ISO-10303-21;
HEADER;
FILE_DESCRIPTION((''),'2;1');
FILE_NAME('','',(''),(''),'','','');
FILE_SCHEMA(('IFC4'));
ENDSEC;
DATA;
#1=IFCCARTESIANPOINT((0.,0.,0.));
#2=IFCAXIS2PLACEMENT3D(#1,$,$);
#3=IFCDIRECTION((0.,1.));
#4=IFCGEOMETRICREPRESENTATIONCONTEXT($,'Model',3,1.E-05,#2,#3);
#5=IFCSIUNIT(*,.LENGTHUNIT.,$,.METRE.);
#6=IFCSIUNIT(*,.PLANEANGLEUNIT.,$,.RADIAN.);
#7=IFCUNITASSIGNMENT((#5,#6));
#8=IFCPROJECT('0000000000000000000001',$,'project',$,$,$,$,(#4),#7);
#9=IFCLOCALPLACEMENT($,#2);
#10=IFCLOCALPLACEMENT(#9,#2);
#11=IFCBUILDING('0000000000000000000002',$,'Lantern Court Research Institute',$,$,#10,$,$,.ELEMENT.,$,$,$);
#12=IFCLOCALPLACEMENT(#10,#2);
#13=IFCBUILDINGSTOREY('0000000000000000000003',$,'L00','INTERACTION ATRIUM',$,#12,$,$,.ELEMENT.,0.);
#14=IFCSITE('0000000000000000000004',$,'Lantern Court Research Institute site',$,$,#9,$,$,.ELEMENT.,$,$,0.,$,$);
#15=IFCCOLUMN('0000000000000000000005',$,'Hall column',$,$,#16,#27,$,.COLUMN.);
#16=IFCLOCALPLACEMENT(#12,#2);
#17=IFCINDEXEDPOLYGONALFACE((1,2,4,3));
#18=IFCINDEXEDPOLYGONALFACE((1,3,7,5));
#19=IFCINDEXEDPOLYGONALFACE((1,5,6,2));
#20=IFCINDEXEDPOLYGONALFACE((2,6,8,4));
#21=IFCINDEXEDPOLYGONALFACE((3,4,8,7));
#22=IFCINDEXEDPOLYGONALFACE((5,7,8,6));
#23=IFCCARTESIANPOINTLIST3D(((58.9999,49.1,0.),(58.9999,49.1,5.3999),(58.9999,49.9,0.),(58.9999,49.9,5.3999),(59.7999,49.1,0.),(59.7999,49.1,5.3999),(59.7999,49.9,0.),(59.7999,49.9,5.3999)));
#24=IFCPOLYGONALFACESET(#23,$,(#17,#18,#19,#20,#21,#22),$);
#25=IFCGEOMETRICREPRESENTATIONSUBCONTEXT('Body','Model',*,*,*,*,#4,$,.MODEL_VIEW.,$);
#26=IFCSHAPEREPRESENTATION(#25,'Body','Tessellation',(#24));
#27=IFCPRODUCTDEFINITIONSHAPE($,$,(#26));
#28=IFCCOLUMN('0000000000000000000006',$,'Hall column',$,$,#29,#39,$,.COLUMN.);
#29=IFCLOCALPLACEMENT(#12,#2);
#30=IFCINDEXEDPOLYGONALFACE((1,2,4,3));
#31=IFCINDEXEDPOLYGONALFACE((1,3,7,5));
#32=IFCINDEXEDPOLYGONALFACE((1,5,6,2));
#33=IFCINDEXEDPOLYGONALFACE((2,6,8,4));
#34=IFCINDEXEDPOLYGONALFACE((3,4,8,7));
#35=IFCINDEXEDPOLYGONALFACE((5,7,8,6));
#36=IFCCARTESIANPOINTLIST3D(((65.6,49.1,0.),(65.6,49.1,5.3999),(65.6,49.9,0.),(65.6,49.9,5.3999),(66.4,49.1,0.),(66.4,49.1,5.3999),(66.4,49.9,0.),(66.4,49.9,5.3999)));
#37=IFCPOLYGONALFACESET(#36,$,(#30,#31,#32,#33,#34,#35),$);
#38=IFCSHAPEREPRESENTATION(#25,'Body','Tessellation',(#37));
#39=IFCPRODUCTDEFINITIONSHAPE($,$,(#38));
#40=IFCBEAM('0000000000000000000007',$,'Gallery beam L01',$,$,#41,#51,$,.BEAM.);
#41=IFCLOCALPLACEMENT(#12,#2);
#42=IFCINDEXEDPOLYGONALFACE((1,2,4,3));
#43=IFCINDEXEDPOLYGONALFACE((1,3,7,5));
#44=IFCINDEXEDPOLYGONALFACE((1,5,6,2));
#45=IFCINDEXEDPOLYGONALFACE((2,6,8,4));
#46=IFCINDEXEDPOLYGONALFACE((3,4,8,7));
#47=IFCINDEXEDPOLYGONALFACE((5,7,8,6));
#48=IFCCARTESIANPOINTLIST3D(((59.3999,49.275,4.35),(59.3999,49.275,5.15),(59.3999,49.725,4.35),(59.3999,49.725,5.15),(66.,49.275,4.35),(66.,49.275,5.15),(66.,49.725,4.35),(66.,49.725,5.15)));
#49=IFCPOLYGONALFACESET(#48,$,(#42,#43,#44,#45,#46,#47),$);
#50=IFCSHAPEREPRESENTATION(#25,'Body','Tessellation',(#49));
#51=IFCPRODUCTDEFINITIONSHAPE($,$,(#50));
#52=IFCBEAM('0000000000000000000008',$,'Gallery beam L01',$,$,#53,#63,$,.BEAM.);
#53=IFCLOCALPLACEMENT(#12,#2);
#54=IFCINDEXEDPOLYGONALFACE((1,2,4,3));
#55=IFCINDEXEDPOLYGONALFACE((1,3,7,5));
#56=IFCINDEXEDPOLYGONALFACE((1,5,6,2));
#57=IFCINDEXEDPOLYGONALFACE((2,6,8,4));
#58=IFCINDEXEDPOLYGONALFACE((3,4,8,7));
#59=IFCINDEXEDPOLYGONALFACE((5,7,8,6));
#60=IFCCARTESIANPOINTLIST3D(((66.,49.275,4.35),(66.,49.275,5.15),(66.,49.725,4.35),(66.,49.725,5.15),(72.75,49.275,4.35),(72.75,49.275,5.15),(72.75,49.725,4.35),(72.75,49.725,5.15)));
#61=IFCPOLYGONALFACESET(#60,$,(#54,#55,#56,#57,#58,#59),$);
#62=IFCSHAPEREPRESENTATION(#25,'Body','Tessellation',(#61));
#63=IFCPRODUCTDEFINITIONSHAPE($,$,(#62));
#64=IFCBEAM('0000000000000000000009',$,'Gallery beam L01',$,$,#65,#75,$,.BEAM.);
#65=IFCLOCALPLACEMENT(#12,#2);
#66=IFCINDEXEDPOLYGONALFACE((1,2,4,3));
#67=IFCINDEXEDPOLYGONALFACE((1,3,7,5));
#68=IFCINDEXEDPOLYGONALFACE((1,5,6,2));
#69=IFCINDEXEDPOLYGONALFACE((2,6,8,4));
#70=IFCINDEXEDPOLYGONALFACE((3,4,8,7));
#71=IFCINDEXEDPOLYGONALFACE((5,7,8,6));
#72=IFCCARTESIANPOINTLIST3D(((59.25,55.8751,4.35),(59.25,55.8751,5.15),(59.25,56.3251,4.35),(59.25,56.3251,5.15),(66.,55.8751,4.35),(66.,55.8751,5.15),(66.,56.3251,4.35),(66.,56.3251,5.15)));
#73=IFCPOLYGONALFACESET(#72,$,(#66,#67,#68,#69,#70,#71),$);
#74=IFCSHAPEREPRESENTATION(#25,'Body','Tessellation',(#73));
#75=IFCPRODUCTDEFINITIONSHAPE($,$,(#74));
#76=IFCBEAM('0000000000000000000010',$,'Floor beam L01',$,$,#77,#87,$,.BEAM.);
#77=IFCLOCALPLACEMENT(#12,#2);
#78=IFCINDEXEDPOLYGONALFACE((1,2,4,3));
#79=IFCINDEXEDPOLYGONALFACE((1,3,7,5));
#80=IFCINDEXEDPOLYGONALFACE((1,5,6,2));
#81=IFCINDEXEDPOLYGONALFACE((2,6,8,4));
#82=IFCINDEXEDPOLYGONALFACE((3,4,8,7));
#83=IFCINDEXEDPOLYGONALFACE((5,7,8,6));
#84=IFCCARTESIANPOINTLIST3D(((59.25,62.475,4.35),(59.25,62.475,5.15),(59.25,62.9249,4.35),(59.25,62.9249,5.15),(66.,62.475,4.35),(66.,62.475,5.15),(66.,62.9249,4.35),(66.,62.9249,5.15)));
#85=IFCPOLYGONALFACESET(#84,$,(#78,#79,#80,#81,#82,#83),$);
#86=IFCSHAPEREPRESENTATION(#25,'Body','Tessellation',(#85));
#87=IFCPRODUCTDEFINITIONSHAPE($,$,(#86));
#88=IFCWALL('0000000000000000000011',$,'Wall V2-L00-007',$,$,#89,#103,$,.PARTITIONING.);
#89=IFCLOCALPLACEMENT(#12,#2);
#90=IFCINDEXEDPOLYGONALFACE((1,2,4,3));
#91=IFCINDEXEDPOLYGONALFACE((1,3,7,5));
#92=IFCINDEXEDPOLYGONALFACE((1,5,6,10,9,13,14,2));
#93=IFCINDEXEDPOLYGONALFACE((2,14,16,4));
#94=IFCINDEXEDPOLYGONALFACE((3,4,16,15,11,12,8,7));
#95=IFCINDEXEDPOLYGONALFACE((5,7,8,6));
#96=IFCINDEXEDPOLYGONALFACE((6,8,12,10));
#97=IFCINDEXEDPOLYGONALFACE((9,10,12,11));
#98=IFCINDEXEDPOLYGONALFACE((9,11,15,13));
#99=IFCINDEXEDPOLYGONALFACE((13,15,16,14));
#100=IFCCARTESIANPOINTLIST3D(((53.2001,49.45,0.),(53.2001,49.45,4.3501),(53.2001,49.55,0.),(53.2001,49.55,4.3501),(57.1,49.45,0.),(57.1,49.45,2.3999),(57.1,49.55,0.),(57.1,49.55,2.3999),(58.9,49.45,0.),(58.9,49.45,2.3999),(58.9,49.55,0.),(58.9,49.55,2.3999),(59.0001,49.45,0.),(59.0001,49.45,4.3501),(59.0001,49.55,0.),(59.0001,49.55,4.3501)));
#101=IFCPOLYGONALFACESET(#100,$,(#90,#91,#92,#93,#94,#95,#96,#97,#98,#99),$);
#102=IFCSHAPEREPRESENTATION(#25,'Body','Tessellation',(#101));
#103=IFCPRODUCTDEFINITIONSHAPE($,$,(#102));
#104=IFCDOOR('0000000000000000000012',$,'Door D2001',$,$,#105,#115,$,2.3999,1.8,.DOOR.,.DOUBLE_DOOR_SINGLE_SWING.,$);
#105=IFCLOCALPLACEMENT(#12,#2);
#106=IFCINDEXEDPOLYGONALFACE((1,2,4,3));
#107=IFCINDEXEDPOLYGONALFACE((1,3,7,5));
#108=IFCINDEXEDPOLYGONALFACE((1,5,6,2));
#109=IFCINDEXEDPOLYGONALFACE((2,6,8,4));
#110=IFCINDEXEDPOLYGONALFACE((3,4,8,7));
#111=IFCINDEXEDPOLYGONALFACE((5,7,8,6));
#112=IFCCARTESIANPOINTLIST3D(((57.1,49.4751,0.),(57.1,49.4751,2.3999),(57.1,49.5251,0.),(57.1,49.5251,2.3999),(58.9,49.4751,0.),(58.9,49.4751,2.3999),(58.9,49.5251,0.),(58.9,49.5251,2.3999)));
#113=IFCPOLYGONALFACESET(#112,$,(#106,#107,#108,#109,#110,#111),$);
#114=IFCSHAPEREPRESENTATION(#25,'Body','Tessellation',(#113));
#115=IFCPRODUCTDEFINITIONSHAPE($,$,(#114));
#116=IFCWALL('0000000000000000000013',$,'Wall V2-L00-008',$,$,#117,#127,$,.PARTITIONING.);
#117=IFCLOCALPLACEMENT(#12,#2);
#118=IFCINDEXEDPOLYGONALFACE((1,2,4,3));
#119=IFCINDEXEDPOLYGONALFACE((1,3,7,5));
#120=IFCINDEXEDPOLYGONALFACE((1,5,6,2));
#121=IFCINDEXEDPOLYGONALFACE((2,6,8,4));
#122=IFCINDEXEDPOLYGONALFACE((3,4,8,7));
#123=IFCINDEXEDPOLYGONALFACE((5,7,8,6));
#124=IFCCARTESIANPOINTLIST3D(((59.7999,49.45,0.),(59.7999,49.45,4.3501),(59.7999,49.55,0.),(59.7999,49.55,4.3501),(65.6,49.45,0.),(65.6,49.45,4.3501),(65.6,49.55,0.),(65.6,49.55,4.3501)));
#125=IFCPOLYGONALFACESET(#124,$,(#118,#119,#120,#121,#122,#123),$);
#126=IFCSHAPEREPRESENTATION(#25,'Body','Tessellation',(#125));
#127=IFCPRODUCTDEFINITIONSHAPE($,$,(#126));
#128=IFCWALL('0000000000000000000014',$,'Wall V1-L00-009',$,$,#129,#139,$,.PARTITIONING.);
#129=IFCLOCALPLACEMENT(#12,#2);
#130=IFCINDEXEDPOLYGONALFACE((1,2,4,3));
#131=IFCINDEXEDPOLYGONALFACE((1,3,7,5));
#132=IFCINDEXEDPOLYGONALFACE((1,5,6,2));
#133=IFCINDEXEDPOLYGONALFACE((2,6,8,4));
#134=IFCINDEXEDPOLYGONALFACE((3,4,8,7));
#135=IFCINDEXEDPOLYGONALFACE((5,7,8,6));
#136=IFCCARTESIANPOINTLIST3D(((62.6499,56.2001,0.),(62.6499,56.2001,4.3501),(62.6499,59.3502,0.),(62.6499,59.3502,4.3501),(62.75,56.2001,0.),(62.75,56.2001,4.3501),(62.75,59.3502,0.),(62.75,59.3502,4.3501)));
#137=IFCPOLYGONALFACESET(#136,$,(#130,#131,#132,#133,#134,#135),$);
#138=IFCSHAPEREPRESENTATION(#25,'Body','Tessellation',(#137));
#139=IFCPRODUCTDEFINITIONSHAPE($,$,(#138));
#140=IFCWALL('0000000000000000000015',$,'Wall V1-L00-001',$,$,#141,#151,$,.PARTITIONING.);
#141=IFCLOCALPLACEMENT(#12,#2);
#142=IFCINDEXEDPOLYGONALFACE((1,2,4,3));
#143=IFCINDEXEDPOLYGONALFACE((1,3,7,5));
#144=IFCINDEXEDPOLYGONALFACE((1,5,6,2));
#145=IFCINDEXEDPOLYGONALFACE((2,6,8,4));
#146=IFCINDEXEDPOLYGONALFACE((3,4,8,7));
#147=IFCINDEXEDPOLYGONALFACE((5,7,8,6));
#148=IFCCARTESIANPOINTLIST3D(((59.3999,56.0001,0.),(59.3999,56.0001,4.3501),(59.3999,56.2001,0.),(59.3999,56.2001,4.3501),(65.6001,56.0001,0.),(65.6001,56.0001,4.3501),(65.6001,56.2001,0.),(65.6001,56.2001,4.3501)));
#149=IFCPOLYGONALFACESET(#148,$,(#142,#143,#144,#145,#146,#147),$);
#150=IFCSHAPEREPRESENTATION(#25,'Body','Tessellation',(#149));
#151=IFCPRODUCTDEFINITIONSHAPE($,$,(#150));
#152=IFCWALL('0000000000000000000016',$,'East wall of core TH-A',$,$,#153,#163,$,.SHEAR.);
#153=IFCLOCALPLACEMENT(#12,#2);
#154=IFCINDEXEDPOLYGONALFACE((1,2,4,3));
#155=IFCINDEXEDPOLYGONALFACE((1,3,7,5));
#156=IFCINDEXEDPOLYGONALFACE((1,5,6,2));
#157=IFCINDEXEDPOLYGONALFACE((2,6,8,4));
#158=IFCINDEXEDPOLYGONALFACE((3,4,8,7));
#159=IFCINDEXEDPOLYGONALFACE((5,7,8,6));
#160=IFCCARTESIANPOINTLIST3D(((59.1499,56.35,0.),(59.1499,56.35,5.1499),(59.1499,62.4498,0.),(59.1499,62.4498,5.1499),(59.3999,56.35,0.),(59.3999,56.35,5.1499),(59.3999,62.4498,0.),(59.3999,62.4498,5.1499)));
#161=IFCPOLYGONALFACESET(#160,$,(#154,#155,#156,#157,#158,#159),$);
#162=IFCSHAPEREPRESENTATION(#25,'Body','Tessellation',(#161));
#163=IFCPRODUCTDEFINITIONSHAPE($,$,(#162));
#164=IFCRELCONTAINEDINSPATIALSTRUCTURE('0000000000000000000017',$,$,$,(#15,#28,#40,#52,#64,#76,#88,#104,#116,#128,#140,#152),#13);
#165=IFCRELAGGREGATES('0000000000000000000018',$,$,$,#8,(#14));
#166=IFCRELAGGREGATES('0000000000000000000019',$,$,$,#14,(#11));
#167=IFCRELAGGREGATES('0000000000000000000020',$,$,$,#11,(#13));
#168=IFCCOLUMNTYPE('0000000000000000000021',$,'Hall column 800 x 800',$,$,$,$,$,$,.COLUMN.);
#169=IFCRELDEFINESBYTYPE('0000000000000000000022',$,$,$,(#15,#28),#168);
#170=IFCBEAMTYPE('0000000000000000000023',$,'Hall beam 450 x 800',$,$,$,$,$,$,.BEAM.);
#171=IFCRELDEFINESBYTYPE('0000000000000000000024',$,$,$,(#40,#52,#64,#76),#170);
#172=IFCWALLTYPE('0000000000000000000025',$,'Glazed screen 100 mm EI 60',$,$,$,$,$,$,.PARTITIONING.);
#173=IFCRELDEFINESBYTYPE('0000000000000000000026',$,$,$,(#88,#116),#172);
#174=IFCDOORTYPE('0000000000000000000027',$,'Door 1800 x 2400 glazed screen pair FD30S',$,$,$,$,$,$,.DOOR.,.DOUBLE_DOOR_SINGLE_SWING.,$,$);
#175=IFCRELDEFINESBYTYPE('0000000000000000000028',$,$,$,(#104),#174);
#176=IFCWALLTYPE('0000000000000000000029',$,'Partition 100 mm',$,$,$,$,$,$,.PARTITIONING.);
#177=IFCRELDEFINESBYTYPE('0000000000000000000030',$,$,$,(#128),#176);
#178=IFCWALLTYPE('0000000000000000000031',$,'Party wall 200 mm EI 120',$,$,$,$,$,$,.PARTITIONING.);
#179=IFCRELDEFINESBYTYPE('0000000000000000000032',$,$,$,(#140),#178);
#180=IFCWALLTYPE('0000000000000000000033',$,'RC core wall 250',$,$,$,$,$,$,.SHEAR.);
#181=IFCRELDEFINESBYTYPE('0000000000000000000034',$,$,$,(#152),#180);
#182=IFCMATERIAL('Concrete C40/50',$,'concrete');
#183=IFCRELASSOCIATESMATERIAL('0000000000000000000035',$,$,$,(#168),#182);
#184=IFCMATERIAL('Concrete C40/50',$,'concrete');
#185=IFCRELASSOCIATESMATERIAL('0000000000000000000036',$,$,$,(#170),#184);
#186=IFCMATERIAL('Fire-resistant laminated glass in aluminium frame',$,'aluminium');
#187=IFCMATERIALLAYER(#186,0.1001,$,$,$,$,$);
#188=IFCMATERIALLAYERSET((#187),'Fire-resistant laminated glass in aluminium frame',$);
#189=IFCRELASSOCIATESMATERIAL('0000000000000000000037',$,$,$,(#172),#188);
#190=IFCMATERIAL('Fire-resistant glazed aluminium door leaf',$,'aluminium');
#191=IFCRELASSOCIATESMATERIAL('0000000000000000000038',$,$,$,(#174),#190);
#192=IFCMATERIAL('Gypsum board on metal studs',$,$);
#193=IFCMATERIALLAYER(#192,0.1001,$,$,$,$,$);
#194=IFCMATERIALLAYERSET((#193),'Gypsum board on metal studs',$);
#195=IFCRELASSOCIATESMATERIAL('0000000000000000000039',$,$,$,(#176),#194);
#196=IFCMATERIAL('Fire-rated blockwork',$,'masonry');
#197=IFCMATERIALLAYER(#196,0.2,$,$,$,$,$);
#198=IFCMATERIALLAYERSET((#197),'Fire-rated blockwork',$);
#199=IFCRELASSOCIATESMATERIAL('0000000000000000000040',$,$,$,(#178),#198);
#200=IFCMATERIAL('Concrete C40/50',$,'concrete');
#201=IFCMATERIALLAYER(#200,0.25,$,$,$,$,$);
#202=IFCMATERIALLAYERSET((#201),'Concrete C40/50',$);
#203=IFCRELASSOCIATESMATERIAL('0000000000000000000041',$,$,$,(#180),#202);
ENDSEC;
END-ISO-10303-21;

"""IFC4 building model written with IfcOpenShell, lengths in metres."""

from ifc_helpers import new_model, si_unit, direction, frame, frame_2d, origin, origin_2d, place, context, subcontext, project, spatial, rectangle, extrude, material, layer, layer_set, material_profile, profile_set, type_object, element, fill, save


model = new_model("IFC4")

# Units and contexts
model_context = context("Model", 3, precision=1e-05, world=origin(), true_north=direction((0.0, 1.0)))
body_context = subcontext(model_context, "Body", "Model", "MODEL_VIEW")
ifc_project = project(units=[si_unit("LENGTHUNIT", "METRE"), si_unit("PLANEANGLEUNIT", "RADIAN")], contexts=[model_context])

# Site, building, storey
site_placement = place(None, origin())
site = spatial("IfcSite", under=ifc_project, at=site_placement, Name="Lantern Court Research Institute site", CompositionType="ELEMENT", RefElevation=0.0)
building_placement = place(site_placement, origin())
building = spatial("IfcBuilding", under=site, at=building_placement, Name="Lantern Court Research Institute", CompositionType="ELEMENT")
storey_placement = place(building_placement, origin())
storey = spatial("IfcBuildingStorey", under=building, at=storey_placement, Name="L00", Description="INTERACTION ATRIUM", CompositionType="ELEMENT", Elevation=0.0)

# Columns
ifc_material_1 = material(Name="Concrete C40/50", Category="concrete")
ifc_material_profile_1 = material_profile(ifc_material_1, rectangle(XDim=0.8, YDim=0.8, at=origin_2d()), Name="Hall column 800 x 800")
ifc_profile_set_1 = profile_set([ifc_material_profile_1], Name="Concrete C40/50")
column_type = type_object("IfcColumnType", Name="Hall column 800 x 800", PredefinedType="COLUMN", material=ifc_profile_set_1)
for number, where, z_axis, x_axis, name in (
    (1, (59.3999, 49.5, 0.0), (0.0, 0.0, 1.0), (1.0, 0.0, 0.0), "Hall column"),
    (2, (66.0, 49.5, 0.0), (0.0, 0.0, 1.0), (1.0, 0.0, 0.0), "Hall column"),
):
    element("IfcColumn", number, at=place(storey_placement, frame(where, z_axis=z_axis, x_axis=x_axis)), inside=storey, type_object=column_type, Name=name, PredefinedType="COLUMN", context=body_context, shape_type="SweptSolid", body=[
        extrude(rectangle(XDim=0.8, YDim=0.8, at=origin_2d()), origin(), (0.0, 0.0, 1.0), 5.3999),
    ])

# Beams
ifc_material_2 = material(Name="Concrete C40/50", Category="concrete")
ifc_material_profile_2 = material_profile(ifc_material_2, rectangle(XDim=0.45, YDim=0.8, at=origin_2d()), Name="Hall beam 450 x 800")
ifc_profile_set_2 = profile_set([ifc_material_profile_2], Name="Concrete C40/50")
beam_type = type_object("IfcBeamType", Name="Hall beam 450 x 800", PredefinedType="BEAM", material=ifc_profile_set_2)
beam_placement = place(storey_placement, frame((59.3999, 49.5, 4.75), z_axis=(1.0, 0.0, 0.0), x_axis=(0.0, 1.0, 0.0)))
element("IfcBeam", 3, at=beam_placement, inside=storey, type_object=beam_type, Name="Gallery beam L01", PredefinedType="BEAM", context=body_context, shape_type="SweptSolid", body=[
    extrude(rectangle(XDim=0.45, YDim=0.8, at=origin_2d()), origin(), (0.0, 0.0, 1.0), 6.6001),
])
for number, where, z_axis, x_axis, name in (
    (4, (66.0, 49.5, 4.75), (1.0, 0.0, 0.0), (0.0, 1.0, 0.0), "Gallery beam L01"),
    (5, (59.25, 56.1001, 4.75), (1.0, 0.0, 0.0), (0.0, 1.0, 0.0), "Gallery beam L01"),
    (6, (59.25, 62.7, 4.75), (1.0, 0.0, 0.0), (0.0, 1.0, 0.0), "Floor beam L01"),
):
    element("IfcBeam", number, at=place(storey_placement, frame(where, z_axis=z_axis, x_axis=x_axis)), inside=storey, type_object=beam_type, Name=name, PredefinedType="BEAM", context=body_context, shape_type="SweptSolid", body=[
        extrude(rectangle(XDim=0.45, YDim=0.8, at=origin_2d()), origin(), (0.0, 0.0, 1.0), 6.75),
    ])

# Wall, opening, door
ifc_material_3 = material(Name="Fire-resistant laminated glass in aluminium frame", Category="aluminium")
ifc_layer_1 = layer(ifc_material_3, 0.1001)
ifc_layer_set_1 = layer_set([ifc_layer_1], Name="Fire-resistant laminated glass in aluminium frame")
wall_type_1 = type_object("IfcWallType", Name="Glazed screen 100 mm EI 60", PredefinedType="PARTITIONING", material=ifc_layer_set_1)
wall_1_placement = place(storey_placement, frame((59.0, 49.5, 0.0), z_axis=(0.0, 0.0, 1.0), x_axis=(-1.0, 0.0, 0.0)))
wall_1 = element("IfcWall", 7, at=wall_1_placement, inside=storey, type_object=wall_type_1, Name="Wall V2-L00-007", PredefinedType="PARTITIONING", context=body_context, shape_type="SweptSolid", body=[
    extrude(rectangle(XDim=5.8, YDim=0.1001, at=frame_2d((2.8999, 0.0))), origin(), (0.0, 0.0, 1.0), 4.3501),
])
opening_1_placement = place(wall_1_placement, frame((0.1001, 0.0, 0.0)))
opening_1 = element("IfcOpeningElement", 8, at=opening_1_placement, cuts=wall_1, PredefinedType="OPENING", context=body_context, shape_type="SweptSolid", body=[
    extrude(rectangle(XDim=1.8, YDim=2.3999, at=frame_2d((0.8999, 1.2))), frame((0.0, 0.0601, 0.0), z_axis=(0.0, -1.0, 0.0), x_axis=(1.0, 0.0, 0.0)), (0.0, 0.0, 1.0), 0.1201),
])
ifc_material_4 = material(Name="Fire-resistant glazed aluminium door leaf", Category="aluminium")
door_type_1 = type_object("IfcDoorType", Name="Door 1800 x 2400 glazed screen pair FD30S", OperationType="DOUBLE_DOOR_SINGLE_SWING", PredefinedType="DOOR", material=ifc_material_4)
door_1_placement = place(opening_1_placement, origin())
door_1 = element("IfcDoor", 9, at=door_1_placement, inside=storey, type_object=door_type_1, Name="Door D2001", OperationType="DOUBLE_DOOR_SINGLE_SWING", OverallHeight=2.3999, OverallWidth=1.8, PredefinedType="DOOR", context=body_context, shape_type="SweptSolid", body=[
    extrude(rectangle(XDim=1.8, YDim=2.3999, at=frame_2d((0.8999, 1.2))), frame((0.0, 0.0249, 0.0), z_axis=(0.0, -1.0, 0.0), x_axis=(1.0, 0.0, 0.0)), (0.0, 0.0, 1.0), 0.05),
])
fill(opening_1, door_1)

# Walls
wall_2_placement = place(storey_placement, frame((59.8, 49.5, 0.0), z_axis=(0.0, 0.0, 1.0), x_axis=(1.0, 0.0, 0.0)))
element("IfcWall", 10, at=wall_2_placement, inside=storey, type_object=wall_type_1, Name="Wall V2-L00-008", PredefinedType="PARTITIONING", context=body_context, shape_type="SweptSolid", body=[
    extrude(rectangle(XDim=5.8, YDim=0.1001, at=frame_2d((2.8999, 0.0))), origin(), (0.0, 0.0, 1.0), 4.3501),
])
ifc_material_5 = material(Name="Gypsum board on metal studs")
ifc_layer_2 = layer(ifc_material_5, 0.1001)
ifc_layer_set_2 = layer_set([ifc_layer_2], Name="Gypsum board on metal studs")
wall_type_2 = type_object("IfcWallType", Name="Partition 100 mm", PredefinedType="PARTITIONING", material=ifc_layer_set_2)
wall_3_placement = place(storey_placement, frame((62.7, 56.2, 0.0), z_axis=(0.0, 0.0, 1.0), x_axis=(0.0, 1.0, 0.0)))
element("IfcWall", 11, at=wall_3_placement, inside=storey, type_object=wall_type_2, Name="Wall V1-L00-009", PredefinedType="PARTITIONING", context=body_context, shape_type="SweptSolid", body=[
    extrude(rectangle(XDim=3.1501, YDim=0.1001, at=frame_2d((1.5752, 0.0))), origin(), (0.0, 0.0, 1.0), 4.3501),
])
ifc_material_6 = material(Name="Fire-rated blockwork", Category="masonry")
ifc_layer_3 = layer(ifc_material_6, 0.2)
ifc_layer_set_3 = layer_set([ifc_layer_3], Name="Fire-rated blockwork")
wall_type_3 = type_object("IfcWallType", Name="Party wall 200 mm EI 120", PredefinedType="PARTITIONING", material=ifc_layer_set_3)
wall_4_placement = place(storey_placement, frame((59.3999, 56.1001, 0.0), z_axis=(0.0, 0.0, 1.0), x_axis=(1.0, 0.0, 0.0)))
element("IfcWall", 12, at=wall_4_placement, inside=storey, type_object=wall_type_3, Name="Wall V1-L00-001", PredefinedType="PARTITIONING", context=body_context, shape_type="SweptSolid", body=[
    extrude(rectangle(XDim=6.2002, YDim=0.2, at=frame_2d((3.1001, 0.0))), origin(), (0.0, 0.0, 1.0), 4.3501),
])
ifc_material_7 = material(Name="Concrete C40/50", Category="concrete")
ifc_layer_4 = layer(ifc_material_7, 0.25)
ifc_layer_set_4 = layer_set([ifc_layer_4], Name="Concrete C40/50")
wall_type_4 = type_object("IfcWallType", Name="RC core wall 250", PredefinedType="SHEAR", material=ifc_layer_set_4)
wall_5_placement = place(storey_placement, frame((59.2749, 56.3501, 0.0), z_axis=(0.0, 0.0, 1.0), x_axis=(0.0, 1.0, 0.0)))
element("IfcWall", 13, at=wall_5_placement, inside=storey, type_object=wall_type_4, Name="East wall of core TH-A", PredefinedType="SHEAR", context=body_context, shape_type="SweptSolid", body=[
    extrude(rectangle(XDim=6.0999, YDim=0.25, at=frame_2d((3.0498, 0.0))), origin(), (0.0, 0.0, 1.0), 5.1499),
])

save(model, "model.ifc")
